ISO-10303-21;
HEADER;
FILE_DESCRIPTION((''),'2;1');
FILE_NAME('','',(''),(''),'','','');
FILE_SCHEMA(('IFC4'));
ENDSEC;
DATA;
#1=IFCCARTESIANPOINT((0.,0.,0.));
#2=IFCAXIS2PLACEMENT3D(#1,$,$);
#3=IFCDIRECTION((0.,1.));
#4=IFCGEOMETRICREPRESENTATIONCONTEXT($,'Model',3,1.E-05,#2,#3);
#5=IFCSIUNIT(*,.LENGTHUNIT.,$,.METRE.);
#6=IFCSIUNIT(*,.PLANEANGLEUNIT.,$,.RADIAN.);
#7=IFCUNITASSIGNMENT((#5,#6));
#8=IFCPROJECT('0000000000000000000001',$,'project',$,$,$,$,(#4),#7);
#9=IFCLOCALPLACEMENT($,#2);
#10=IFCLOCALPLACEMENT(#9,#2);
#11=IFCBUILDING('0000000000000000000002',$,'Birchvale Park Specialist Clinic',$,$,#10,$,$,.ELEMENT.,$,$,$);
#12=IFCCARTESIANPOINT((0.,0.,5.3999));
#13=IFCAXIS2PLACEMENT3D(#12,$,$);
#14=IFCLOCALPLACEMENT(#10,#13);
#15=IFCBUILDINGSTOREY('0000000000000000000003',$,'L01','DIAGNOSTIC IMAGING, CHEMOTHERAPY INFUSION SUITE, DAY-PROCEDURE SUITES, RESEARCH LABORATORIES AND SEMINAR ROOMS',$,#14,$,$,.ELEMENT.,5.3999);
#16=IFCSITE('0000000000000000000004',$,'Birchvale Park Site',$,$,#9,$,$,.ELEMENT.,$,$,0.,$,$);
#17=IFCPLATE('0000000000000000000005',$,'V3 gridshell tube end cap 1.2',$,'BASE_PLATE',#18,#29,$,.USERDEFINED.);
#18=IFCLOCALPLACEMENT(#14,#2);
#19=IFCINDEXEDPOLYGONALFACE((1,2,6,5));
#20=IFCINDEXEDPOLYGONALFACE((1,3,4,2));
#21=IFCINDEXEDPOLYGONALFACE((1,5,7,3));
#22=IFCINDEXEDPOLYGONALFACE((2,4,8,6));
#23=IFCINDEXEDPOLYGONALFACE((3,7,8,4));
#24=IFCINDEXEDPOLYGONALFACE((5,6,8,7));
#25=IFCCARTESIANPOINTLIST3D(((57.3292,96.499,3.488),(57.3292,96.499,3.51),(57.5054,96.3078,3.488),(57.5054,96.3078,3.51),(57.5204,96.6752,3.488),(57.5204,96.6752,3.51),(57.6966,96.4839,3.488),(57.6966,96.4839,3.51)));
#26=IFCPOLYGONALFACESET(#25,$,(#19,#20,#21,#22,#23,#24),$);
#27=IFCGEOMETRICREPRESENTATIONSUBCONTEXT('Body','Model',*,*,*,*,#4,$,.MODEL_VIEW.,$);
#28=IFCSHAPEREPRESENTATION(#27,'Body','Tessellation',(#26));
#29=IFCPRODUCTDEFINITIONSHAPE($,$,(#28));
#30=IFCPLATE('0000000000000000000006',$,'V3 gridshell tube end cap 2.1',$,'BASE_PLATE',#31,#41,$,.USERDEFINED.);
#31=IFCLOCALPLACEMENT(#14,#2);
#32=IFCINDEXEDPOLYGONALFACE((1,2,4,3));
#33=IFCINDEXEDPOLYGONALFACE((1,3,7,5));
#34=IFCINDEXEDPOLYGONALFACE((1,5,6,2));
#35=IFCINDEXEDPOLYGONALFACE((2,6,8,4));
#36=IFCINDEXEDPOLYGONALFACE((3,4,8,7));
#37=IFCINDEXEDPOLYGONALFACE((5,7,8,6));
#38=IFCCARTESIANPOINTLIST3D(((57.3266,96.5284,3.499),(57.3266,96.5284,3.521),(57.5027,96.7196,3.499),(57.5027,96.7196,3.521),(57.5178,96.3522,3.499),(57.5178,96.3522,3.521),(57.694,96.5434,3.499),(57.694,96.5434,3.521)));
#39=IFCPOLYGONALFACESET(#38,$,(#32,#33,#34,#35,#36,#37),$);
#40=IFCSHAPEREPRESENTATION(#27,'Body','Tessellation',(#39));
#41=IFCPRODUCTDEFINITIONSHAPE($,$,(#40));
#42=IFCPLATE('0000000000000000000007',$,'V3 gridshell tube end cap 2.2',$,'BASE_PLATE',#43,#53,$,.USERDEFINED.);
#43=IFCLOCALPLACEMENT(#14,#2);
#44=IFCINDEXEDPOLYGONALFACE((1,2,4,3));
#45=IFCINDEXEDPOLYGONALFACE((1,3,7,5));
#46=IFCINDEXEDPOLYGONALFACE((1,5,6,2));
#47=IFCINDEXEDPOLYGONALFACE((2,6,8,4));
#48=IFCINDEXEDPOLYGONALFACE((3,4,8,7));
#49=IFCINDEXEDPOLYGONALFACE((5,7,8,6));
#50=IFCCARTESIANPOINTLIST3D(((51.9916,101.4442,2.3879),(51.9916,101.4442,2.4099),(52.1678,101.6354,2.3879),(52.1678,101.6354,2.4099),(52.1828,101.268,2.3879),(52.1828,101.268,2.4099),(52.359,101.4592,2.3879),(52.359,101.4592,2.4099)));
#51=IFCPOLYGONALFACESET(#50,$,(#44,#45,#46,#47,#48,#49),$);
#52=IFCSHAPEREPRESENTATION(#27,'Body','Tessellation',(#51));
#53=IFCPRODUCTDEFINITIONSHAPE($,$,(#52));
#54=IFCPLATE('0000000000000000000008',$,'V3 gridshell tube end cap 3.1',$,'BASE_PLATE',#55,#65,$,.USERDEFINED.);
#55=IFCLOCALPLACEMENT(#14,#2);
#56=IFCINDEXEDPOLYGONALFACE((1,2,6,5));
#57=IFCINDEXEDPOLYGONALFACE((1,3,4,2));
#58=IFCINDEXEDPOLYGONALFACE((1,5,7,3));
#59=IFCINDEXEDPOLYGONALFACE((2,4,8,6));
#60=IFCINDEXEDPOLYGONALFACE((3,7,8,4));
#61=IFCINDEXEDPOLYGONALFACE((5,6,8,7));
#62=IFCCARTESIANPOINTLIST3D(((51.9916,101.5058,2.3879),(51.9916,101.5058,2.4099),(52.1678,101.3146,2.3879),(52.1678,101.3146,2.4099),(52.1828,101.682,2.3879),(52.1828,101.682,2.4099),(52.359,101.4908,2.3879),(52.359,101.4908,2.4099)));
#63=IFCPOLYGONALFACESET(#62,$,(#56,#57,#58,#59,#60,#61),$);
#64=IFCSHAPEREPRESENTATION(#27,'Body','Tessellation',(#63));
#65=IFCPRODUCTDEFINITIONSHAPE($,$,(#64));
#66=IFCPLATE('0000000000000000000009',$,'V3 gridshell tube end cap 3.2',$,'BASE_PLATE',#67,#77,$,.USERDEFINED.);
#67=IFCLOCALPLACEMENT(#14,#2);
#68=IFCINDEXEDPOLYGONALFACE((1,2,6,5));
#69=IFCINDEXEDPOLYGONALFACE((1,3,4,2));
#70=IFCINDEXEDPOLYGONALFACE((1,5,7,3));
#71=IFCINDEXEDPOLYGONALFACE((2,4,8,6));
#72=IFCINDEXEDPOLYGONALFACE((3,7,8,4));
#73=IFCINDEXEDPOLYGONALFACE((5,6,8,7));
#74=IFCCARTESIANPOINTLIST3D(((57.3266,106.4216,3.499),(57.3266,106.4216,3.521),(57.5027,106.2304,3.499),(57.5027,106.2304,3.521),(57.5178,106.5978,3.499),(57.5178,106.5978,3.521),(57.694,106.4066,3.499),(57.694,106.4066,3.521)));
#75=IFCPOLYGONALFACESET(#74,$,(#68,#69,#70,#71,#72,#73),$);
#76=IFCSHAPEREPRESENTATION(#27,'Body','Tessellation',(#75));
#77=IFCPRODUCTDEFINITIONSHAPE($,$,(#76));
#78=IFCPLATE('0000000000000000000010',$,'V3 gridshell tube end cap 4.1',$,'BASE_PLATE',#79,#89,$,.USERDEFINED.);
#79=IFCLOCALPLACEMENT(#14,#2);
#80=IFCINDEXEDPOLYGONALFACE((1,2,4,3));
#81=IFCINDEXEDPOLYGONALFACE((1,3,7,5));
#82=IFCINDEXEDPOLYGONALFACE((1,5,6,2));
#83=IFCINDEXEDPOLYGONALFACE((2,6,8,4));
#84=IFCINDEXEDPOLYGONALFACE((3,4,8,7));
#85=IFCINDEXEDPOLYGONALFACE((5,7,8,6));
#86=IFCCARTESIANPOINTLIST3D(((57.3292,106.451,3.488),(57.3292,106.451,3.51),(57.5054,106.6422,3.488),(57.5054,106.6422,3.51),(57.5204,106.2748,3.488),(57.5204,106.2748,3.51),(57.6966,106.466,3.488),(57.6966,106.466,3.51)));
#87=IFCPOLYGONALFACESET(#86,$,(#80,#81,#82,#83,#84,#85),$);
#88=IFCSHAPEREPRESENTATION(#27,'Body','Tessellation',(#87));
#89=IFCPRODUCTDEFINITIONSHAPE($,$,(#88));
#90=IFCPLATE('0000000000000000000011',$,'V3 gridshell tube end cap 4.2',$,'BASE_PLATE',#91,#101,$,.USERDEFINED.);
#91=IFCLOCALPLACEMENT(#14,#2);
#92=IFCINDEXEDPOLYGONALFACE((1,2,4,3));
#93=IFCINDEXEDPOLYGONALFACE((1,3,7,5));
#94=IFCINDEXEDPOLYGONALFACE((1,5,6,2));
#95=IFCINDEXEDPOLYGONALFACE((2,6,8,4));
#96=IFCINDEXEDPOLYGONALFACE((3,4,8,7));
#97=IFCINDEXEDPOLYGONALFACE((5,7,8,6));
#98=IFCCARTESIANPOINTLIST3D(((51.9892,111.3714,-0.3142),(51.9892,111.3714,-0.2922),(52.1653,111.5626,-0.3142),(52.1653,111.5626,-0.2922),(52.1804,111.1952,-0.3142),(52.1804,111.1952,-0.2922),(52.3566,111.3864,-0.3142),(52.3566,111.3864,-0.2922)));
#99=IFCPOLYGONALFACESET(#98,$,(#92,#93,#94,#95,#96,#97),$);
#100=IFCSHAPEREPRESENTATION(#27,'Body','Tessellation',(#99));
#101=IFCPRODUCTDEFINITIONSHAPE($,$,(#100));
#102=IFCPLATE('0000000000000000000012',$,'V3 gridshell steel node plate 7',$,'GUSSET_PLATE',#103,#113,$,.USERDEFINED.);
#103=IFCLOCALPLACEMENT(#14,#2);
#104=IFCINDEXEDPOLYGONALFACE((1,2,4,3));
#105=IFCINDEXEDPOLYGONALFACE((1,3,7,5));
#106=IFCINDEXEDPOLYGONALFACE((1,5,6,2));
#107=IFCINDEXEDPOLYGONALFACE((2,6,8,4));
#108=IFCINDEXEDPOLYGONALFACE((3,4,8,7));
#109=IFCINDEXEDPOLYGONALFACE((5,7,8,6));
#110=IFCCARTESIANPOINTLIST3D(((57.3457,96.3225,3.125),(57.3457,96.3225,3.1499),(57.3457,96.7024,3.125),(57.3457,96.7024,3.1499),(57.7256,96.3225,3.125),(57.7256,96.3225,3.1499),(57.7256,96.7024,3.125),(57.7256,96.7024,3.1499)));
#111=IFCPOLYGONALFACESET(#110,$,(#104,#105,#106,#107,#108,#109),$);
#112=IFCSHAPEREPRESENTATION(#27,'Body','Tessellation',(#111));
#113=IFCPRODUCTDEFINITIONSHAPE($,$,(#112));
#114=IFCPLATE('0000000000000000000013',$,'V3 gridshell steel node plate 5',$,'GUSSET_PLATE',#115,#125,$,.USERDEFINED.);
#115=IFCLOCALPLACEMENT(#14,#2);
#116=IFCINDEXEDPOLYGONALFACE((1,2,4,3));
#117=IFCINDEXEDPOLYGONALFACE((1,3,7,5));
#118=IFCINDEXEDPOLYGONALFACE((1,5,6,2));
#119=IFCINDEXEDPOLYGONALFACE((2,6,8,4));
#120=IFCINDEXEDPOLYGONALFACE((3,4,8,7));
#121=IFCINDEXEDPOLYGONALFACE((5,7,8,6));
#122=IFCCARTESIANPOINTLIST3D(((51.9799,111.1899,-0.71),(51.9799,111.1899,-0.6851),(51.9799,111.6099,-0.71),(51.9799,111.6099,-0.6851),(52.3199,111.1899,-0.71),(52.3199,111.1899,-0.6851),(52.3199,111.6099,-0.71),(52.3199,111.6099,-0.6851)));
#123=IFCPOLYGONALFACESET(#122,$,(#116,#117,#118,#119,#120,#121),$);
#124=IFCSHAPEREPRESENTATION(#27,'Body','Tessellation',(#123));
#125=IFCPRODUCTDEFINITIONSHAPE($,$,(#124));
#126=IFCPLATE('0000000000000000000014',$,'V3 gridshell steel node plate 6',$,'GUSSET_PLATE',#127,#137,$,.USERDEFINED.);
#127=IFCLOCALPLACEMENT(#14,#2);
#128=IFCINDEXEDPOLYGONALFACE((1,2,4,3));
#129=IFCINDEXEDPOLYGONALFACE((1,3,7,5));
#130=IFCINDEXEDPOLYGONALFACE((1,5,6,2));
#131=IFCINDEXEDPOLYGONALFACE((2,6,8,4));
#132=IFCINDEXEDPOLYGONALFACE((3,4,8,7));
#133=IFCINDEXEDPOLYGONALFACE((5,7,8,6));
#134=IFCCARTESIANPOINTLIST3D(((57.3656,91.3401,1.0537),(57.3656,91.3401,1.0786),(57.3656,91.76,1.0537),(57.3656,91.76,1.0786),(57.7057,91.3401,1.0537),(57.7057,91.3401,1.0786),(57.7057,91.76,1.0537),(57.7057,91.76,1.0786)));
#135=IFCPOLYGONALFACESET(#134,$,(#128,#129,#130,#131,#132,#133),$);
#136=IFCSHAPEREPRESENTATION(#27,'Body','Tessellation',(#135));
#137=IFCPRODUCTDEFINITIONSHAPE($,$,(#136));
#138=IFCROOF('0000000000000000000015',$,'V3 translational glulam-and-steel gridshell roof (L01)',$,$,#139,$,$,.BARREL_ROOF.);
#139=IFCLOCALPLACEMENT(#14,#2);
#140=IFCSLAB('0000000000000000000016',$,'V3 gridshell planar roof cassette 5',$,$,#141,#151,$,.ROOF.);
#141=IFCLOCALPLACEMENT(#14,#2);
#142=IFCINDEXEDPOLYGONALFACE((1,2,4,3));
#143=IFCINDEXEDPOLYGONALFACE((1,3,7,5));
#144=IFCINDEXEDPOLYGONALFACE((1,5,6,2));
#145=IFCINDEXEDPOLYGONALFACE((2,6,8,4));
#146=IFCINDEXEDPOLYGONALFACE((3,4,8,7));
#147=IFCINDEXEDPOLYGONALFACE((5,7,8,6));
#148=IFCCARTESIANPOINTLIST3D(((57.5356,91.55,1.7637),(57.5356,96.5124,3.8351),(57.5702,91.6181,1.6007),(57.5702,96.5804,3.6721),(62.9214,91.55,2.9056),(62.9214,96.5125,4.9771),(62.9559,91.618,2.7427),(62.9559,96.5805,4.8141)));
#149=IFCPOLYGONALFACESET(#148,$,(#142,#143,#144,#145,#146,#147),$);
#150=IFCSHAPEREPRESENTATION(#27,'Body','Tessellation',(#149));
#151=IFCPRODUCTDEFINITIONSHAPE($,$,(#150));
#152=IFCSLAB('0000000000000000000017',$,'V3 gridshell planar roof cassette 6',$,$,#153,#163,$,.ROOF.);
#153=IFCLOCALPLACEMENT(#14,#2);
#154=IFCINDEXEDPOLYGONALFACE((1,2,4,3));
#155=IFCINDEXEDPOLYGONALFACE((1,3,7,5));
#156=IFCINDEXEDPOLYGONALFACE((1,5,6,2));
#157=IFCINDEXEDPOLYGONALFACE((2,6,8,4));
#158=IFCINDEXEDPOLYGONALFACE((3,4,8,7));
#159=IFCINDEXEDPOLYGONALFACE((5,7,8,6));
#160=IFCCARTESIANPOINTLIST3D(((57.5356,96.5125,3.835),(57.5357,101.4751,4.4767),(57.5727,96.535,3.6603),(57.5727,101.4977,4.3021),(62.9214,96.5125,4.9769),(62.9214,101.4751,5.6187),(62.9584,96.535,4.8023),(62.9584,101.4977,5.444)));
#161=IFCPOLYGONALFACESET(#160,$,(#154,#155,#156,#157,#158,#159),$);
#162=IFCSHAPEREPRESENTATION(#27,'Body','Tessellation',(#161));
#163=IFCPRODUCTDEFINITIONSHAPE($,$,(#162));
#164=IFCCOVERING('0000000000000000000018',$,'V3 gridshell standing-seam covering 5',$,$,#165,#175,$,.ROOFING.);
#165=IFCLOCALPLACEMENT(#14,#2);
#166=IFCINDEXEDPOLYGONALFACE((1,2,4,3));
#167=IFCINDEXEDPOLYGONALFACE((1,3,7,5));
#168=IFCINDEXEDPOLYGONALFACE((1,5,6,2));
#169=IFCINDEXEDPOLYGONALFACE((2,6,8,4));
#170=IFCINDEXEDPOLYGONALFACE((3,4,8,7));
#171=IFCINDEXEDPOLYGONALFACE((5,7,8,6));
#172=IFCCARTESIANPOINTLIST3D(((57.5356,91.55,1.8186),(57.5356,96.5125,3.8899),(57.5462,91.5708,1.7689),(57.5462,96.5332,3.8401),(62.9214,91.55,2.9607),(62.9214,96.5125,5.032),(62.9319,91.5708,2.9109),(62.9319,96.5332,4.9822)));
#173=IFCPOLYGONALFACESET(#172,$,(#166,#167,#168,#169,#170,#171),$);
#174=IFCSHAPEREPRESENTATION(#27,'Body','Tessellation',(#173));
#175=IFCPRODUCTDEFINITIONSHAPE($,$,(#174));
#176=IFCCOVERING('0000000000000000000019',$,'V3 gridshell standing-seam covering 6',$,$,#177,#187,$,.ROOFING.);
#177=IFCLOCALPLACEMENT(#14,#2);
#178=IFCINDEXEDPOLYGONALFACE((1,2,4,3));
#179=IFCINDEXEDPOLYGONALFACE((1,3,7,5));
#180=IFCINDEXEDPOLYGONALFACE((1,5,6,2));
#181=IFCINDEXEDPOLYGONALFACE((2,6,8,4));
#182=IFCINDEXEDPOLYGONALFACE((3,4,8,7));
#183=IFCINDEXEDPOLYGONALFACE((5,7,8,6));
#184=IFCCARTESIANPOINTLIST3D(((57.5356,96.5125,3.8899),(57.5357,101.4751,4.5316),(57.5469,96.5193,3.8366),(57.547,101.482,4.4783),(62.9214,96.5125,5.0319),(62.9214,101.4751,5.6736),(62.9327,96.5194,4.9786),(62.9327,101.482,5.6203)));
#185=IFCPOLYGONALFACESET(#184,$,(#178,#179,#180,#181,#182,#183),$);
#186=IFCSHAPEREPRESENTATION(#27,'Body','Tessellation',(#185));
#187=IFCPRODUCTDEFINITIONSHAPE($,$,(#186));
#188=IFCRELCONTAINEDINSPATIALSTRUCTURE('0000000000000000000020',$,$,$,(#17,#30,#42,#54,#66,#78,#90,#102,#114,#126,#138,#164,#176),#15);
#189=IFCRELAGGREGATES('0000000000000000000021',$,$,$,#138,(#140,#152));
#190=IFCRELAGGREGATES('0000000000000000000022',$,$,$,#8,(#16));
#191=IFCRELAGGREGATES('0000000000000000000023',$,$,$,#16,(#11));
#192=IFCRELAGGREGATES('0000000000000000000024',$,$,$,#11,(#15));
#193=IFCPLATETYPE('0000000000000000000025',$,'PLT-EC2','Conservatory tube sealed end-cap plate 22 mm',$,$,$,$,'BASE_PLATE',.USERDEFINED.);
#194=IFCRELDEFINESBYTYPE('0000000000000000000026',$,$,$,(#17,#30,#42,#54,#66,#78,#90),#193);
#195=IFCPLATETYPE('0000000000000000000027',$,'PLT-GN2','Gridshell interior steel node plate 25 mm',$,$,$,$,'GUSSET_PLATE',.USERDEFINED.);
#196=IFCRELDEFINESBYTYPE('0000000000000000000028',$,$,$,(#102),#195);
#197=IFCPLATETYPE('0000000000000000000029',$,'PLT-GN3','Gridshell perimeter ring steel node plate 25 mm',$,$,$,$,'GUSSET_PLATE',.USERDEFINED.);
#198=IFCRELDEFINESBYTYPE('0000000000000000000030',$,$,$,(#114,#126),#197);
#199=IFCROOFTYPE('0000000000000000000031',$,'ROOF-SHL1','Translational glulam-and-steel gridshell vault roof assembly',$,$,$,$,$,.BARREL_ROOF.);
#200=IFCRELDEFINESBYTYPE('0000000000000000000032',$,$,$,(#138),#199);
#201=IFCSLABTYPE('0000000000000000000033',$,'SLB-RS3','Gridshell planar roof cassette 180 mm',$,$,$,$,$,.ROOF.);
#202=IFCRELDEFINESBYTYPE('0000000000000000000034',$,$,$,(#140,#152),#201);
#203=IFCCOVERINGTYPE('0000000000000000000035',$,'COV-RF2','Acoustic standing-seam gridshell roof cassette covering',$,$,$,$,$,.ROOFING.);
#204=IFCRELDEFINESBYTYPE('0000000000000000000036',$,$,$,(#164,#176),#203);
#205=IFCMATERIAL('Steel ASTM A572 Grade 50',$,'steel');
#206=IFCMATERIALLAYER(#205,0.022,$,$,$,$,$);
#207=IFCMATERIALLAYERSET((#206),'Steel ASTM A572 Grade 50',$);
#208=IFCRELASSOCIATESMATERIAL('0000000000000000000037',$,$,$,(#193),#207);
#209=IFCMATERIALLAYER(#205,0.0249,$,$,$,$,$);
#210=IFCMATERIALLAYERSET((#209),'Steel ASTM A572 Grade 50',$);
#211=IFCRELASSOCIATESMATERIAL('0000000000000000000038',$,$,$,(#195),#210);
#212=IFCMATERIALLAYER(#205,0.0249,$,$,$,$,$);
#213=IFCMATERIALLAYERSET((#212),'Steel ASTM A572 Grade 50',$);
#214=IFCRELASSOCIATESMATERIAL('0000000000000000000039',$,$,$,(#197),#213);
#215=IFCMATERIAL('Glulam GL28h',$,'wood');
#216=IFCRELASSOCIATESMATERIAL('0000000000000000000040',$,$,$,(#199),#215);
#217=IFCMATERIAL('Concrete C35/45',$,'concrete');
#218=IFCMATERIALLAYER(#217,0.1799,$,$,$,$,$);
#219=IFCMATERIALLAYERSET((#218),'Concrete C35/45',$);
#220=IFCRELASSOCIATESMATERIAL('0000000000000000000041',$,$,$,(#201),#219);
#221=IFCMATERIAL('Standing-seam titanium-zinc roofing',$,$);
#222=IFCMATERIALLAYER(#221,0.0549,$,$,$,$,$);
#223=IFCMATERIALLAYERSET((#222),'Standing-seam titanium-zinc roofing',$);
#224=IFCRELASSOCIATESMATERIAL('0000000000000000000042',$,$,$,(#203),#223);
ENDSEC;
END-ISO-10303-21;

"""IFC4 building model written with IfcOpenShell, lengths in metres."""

from ifc_helpers import new_model, si_unit, direction, frame, origin, origin_2d, place, context, subcontext, project, spatial, polyline, rectangle, outline, extrude, material, layer, layer_set, type_object, element, aggregate, save


model = new_model("IFC4")

# Units and contexts
model_context = context("Model", 3, precision=1e-05, world=origin(), true_north=direction((0.0, 1.0)))
body_context = subcontext(model_context, "Body", "Model", "MODEL_VIEW")
ifc_project = project(units=[si_unit("LENGTHUNIT", "METRE"), si_unit("PLANEANGLEUNIT", "RADIAN")], contexts=[model_context])

# Site, building, storey
site_placement = place(None, origin())
site = spatial("IfcSite", under=ifc_project, at=site_placement, Name="Birchvale Park Site", CompositionType="ELEMENT", RefElevation=0.0)
building_placement = place(site_placement, origin())
building = spatial("IfcBuilding", under=site, at=building_placement, Name="Birchvale Park Specialist Clinic", CompositionType="ELEMENT")
storey_placement = place(building_placement, frame((0.0, 0.0, 5.3999)))
storey = spatial("IfcBuildingStorey", under=building, at=storey_placement, Name="L01", Description="DIAGNOSTIC IMAGING, CHEMOTHERAPY INFUSION SUITE, DAY-PROCEDURE SUITES, RESEARCH LABORATORIES AND SEMINAR ROOMS", CompositionType="ELEMENT", Elevation=5.3999)

# Shared definitions
ifc_material_1 = material(Name="Glulam GL28h", Category="wood")

# Plates
ifc_material_2 = material(Name="Steel ASTM A572 Grade 50", Category="steel")
ifc_layer_1 = layer(ifc_material_2, 0.022)
ifc_layer_set_1 = layer_set([ifc_layer_1], Name="Steel ASTM A572 Grade 50")
plate_type_1 = type_object("IfcPlateType", Name="PLT-EC2", Description="Conservatory tube sealed end-cap plate 22 mm", ElementType="BASE_PLATE", PredefinedType="USERDEFINED", material=ifc_layer_set_1)
for number, where, z_axis, x_axis, name in (
    (1, (57.5129, 96.4915, 3.488), (0.0, 0.0, 1.0), (0.735388, 0.677646, 0.0), "V3 gridshell tube end cap 1.2"),
    (2, (57.5103, 96.5359, 3.499), (0.0, 0.0, 1.0), (-0.735388, 0.677646, 0.0), "V3 gridshell tube end cap 2.1"),
    (3, (52.1753, 101.4517, 2.3879), (0.0, 0.0, 1.0), (-0.735388, 0.677646, 0.0), "V3 gridshell tube end cap 2.2"),
    (4, (52.1753, 101.4983, 2.3879), (0.0, 0.0, 1.0), (0.735388, 0.677646, 0.0), "V3 gridshell tube end cap 3.1"),
    (5, (57.5103, 106.4141, 3.499), (0.0, 0.0, 1.0), (0.735388, 0.677646, 0.0), "V3 gridshell tube end cap 3.2"),
    (6, (57.5129, 106.4585, 3.488), (0.0, 0.0, 1.0), (-0.735388, 0.677646, 0.0), "V3 gridshell tube end cap 4.1"),
    (7, (52.1729, 111.3789, -0.3142), (0.0, 0.0, 1.0), (-0.735388, 0.677646, 0.0), "V3 gridshell tube end cap 4.2"),
):
    element("IfcPlate", number, at=place(storey_placement, frame(where, z_axis=z_axis, x_axis=x_axis)), inside=storey, type_object=plate_type_1, Name=name, ObjectType="BASE_PLATE", PredefinedType="USERDEFINED", context=body_context, shape_type="SweptSolid", body=[
        extrude(rectangle(XDim=0.26, YDim=0.26, at=origin_2d()), origin(), (0.0, 0.0, 1.0), 0.022),
    ])
ifc_layer_2 = layer(ifc_material_2, 0.0249)
ifc_layer_set_2 = layer_set([ifc_layer_2], Name="Steel ASTM A572 Grade 50")
plate_type_2 = type_object("IfcPlateType", Name="PLT-GN2", Description="Gridshell interior steel node plate 25 mm", ElementType="GUSSET_PLATE", PredefinedType="USERDEFINED", material=ifc_layer_set_2)
plate_placement = place(storey_placement, frame((57.5356, 96.5125, 3.125), z_axis=(0.0, 0.0, 1.0), x_axis=(1.0, 0.0, 0.0)))
element("IfcPlate", 8, at=plate_placement, inside=storey, type_object=plate_type_2, Name="V3 gridshell steel node plate 7", ObjectType="GUSSET_PLATE", PredefinedType="USERDEFINED", context=body_context, shape_type="SweptSolid", body=[
    extrude(rectangle(XDim=0.3799, YDim=0.3799, at=origin_2d()), origin(), (0.0, 0.0, 1.0), 0.0249),
])
ifc_layer_3 = layer(ifc_material_2, 0.0249)
ifc_layer_set_3 = layer_set([ifc_layer_3], Name="Steel ASTM A572 Grade 50")
plate_type_3 = type_object("IfcPlateType", Name="PLT-GN3", Description="Gridshell perimeter ring steel node plate 25 mm", ElementType="GUSSET_PLATE", PredefinedType="USERDEFINED", material=ifc_layer_set_3)
for number, where, z_axis, x_axis, name in (
    (9, (52.1499, 111.3999, -0.71), (0.0, 0.0, 1.0), (1.0, 0.0, 0.0), "V3 gridshell steel node plate 5"),
    (10, (57.5356, 91.55, 1.0537), (0.0, 0.0, 1.0), (1.0, 0.0, 0.0), "V3 gridshell steel node plate 6"),
):
    element("IfcPlate", number, at=place(storey_placement, frame(where, z_axis=z_axis, x_axis=x_axis)), inside=storey, type_object=plate_type_3, Name=name, ObjectType="GUSSET_PLATE", PredefinedType="USERDEFINED", context=body_context, shape_type="SweptSolid", body=[
        extrude(rectangle(XDim=0.3401, YDim=0.4199, at=origin_2d()), origin(), (0.0, 0.0, 1.0), 0.0249),
    ])

# Roof, slabs
roof_type = type_object("IfcRoofType", Name="ROOF-SHL1", Description="Translational glulam-and-steel gridshell vault roof assembly", PredefinedType="BARREL_ROOF", material=ifc_material_1)
roof_placement = place(storey_placement, origin())
roof = element("IfcRoof", 11, at=roof_placement, inside=storey, type_object=roof_type, Name="V3 translational glulam-and-steel gridshell roof (L01)", PredefinedType="BARREL_ROOF")
ifc_material_3 = material(Name="Concrete C35/45", Category="concrete")
ifc_layer_4 = layer(ifc_material_3, 0.1799)
ifc_layer_set_4 = layer_set([ifc_layer_4], Name="Concrete C35/45")
slab_type = type_object("IfcSlabType", Name="SLB-RS3", Description="Gridshell planar roof cassette 180 mm", PredefinedType="ROOF", material=ifc_layer_set_4)
slab_1_placement = place(storey_placement, frame((57.5356, 91.55, 1.7637), z_axis=(-0.192031, -0.378039, 0.905655), x_axis=(0.978252, -0.000008, 0.207421)))
slab_1 = element("IfcSlab", 12, at=slab_1_placement, type_object=slab_type, Name="V3 gridshell planar roof cassette 5", PredefinedType="ROOF", context=body_context, shape_type="SweptSolid", body=[
    extrude(outline(polyline([(0.0, 0.0), (5.5055, 0.0), (5.9351, 5.3602), (0.4296, 5.3601), (0.0, 0.0)])), origin(), (0.0, 0.0, -1.0), 0.1799),
])
slab_2_placement = place(storey_placement, frame((57.5356, 96.5125, 3.835), z_axis=(-0.205784, -0.125498, 0.970517), x_axis=(0.978251, 0.000003, 0.207424)))
slab_2 = element("IfcSlab", 13, at=slab_2_placement, type_object=slab_type, Name="V3 gridshell planar roof cassette 6", PredefinedType="ROOF", context=body_context, shape_type="SweptSolid", body=[
    extrude(outline(polyline([(0.0, 0.0), (5.5055, 0.0), (5.6386, 5.0022), (0.1331, 5.0022), (0.0, 0.0)])), origin(), (0.0, 0.0, -1.0), 0.1799),
])
aggregate(roof, [slab_1, slab_2])

# Coverings
ifc_material_4 = material(Name="Standing-seam titanium-zinc roofing")
ifc_layer_5 = layer(ifc_material_4, 0.0549)
ifc_layer_set_5 = layer_set([ifc_layer_5], Name="Standing-seam titanium-zinc roofing")
covering_type = type_object("IfcCoveringType", Name="COV-RF2", Description="Acoustic standing-seam gridshell roof cassette covering", PredefinedType="ROOFING", material=ifc_layer_set_5)
covering_1_placement = place(storey_placement, frame((57.5356, 91.55, 1.8186), z_axis=(-0.192052, -0.378019, 0.905659), x_axis=(0.978247, 0.0, 0.207445)))
element("IfcCovering", 14, at=covering_1_placement, inside=storey, type_object=covering_type, Name="V3 gridshell standing-seam covering 5", PredefinedType="ROOFING", context=body_context, shape_type="SweptSolid", body=[
    extrude(outline(polyline([(0.0, 0.0), (5.5055, 0.0), (5.9352, 5.3601), (0.4297, 5.3601), (0.0, 0.0)])), origin(), (0.0, 0.0, -1.0), 0.0549),
])
covering_2_placement = place(storey_placement, frame((57.5356, 96.5125, 3.8899), z_axis=(-0.205784, -0.125498, 0.970517), x_axis=(0.978251, 0.000003, 0.207424)))
element("IfcCovering", 15, at=covering_2_placement, inside=storey, type_object=covering_type, Name="V3 gridshell standing-seam covering 6", PredefinedType="ROOFING", context=body_context, shape_type="SweptSolid", body=[
    extrude(outline(polyline([(0.0, 0.0), (5.5055, 0.0), (5.6386, 5.0022), (0.1331, 5.0022), (0.0, 0.0)])), origin(), (0.0, 0.0, -1.0), 0.0549),
])

save(model, "model.ifc")
